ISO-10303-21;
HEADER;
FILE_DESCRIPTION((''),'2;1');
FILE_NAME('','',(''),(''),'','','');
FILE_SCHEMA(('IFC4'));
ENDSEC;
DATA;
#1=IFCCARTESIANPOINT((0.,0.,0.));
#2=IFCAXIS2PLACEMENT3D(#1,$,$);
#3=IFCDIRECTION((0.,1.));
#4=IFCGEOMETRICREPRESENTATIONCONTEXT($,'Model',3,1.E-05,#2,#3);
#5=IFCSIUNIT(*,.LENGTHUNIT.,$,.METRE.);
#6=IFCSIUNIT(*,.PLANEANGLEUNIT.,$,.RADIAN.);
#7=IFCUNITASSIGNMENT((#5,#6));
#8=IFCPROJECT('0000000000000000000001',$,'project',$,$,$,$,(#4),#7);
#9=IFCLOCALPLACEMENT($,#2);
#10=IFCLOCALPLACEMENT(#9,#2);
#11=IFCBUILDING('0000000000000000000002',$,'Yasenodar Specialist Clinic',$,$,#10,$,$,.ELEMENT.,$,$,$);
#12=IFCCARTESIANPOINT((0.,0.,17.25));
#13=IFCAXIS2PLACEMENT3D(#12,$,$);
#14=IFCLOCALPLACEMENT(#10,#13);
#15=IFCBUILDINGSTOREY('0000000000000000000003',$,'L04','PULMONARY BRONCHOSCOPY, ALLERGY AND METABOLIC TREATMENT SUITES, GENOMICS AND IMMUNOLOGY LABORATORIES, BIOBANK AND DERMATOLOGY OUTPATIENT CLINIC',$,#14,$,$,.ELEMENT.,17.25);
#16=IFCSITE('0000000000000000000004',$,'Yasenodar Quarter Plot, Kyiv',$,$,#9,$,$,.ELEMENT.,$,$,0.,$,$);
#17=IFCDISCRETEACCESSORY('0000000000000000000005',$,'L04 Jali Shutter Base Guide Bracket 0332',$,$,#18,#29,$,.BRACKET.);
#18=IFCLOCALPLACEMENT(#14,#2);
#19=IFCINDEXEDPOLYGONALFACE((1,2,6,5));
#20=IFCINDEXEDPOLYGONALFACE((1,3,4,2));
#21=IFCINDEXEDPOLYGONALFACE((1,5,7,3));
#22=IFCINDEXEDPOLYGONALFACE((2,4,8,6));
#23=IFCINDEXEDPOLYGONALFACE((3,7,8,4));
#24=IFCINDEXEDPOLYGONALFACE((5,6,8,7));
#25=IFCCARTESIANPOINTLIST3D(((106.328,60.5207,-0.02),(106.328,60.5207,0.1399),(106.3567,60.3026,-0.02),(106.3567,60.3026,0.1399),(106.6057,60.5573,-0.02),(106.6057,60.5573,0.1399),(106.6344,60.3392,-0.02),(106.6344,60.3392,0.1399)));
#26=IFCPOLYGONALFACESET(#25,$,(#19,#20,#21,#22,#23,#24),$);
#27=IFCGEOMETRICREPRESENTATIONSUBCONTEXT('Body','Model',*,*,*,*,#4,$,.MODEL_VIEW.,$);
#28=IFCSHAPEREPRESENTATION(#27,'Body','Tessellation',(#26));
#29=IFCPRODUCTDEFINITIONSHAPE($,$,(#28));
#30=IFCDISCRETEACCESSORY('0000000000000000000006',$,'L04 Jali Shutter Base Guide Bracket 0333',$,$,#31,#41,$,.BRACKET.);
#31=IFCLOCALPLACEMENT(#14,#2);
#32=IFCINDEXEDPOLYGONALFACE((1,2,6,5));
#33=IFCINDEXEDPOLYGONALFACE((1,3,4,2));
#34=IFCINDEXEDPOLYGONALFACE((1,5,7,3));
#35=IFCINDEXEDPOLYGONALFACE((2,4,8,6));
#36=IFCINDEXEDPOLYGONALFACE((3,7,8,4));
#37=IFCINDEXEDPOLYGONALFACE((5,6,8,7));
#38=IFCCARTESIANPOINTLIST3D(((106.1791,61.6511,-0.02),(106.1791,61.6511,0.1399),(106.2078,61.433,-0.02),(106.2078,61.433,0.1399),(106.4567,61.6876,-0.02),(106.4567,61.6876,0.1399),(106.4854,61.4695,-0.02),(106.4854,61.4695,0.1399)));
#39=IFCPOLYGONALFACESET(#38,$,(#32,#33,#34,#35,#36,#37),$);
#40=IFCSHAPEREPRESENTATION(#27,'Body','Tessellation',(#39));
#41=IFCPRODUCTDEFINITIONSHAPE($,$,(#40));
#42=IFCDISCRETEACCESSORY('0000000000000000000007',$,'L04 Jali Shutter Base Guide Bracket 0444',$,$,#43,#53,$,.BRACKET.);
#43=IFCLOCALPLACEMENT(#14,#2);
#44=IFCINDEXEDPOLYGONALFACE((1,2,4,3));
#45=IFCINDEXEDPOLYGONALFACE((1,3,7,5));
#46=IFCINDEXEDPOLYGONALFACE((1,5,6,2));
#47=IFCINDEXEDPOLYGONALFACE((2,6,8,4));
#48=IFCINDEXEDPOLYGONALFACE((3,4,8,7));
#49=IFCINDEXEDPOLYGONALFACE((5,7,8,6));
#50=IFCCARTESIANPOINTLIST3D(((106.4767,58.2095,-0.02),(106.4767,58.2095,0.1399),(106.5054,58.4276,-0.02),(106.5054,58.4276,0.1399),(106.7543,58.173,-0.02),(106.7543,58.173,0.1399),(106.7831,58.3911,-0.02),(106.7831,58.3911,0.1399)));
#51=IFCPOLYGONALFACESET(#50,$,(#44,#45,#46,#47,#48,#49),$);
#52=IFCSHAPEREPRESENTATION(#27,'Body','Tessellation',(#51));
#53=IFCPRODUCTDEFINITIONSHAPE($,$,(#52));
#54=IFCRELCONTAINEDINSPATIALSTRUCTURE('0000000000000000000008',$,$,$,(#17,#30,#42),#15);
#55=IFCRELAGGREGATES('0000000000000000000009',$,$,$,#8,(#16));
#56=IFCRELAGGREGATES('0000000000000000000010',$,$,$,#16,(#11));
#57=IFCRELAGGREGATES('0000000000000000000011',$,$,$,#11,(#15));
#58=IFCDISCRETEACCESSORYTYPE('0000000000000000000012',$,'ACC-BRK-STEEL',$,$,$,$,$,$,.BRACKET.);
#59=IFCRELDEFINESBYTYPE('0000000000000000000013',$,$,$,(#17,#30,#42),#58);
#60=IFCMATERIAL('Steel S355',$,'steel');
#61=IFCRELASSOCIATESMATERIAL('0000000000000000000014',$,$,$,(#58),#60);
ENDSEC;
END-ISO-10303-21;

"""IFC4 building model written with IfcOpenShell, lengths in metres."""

from ifc_helpers import new_model, si_unit, direction, frame, origin, origin_2d, place, context, subcontext, project, spatial, rectangle, extrude, material, type_object, element, save


model = new_model("IFC4")

# Units and contexts
model_context = context("Model", 3, precision=1e-05, world=origin(), true_north=direction((0.0, 1.0)))
body_context = subcontext(model_context, "Body", "Model", "MODEL_VIEW")
ifc_project = project(units=[si_unit("LENGTHUNIT", "METRE"), si_unit("PLANEANGLEUNIT", "RADIAN")], contexts=[model_context])

# Site, building, storey
site_placement = place(None, origin())
site = spatial("IfcSite", under=ifc_project, at=site_placement, Name="Yasenodar Quarter Plot, Kyiv", CompositionType="ELEMENT", RefElevation=0.0)
building_placement = place(site_placement, origin())
building = spatial("IfcBuilding", under=site, at=building_placement, Name="Yasenodar Specialist Clinic", CompositionType="ELEMENT")
storey_placement = place(building_placement, frame((0.0, 0.0, 17.25)))
storey = spatial("IfcBuildingStorey", under=building, at=storey_placement, Name="L04", Description="PULMONARY BRONCHOSCOPY, ALLERGY AND METABOLIC TREATMENT SUITES, GENOMICS AND IMMUNOLOGY LABORATORIES, BIOBANK AND DERMATOLOGY OUTPATIENT CLINIC", CompositionType="ELEMENT", Elevation=17.25)

# Shared definitions
ifc_material_1 = material(Name="Steel S355", Category="steel")

# Discrete accessories
discrete_accessory_type = type_object("IfcDiscreteAccessoryType", Name="ACC-BRK-STEEL", PredefinedType="BRACKET", material=ifc_material_1)
for number, where, z_axis, x_axis, name in (
    (1, (106.4812, 60.4299, -0.02), (0.0, 0.0, 1.0), (-0.130519, 0.991446, 0.0), "L04 Jali Shutter Base Guide Bracket 0332"),
    (2, (106.3323, 61.5603, -0.02), (0.0, 0.0, 1.0), (-0.130519, 0.991446, 0.0), "L04 Jali Shutter Base Guide Bracket 0333"),
    (3, (106.6299, 58.3003, -0.02), (0.0, 0.0, 1.0), (0.130519, 0.991446, 0.0), "L04 Jali Shutter Base Guide Bracket 0444"),
):
    element("IfcDiscreteAccessory", number, at=place(storey_placement, frame(where, z_axis=z_axis, x_axis=x_axis)), inside=storey, type_object=discrete_accessory_type, Name=name, PredefinedType="BRACKET", context=body_context, shape_type="SweptSolid", body=[
        extrude(rectangle(XDim=0.22, YDim=0.28, at=origin_2d()), origin(), (0.0, 0.0, 1.0), 0.1599),
    ])

save(model, "model.ifc")
